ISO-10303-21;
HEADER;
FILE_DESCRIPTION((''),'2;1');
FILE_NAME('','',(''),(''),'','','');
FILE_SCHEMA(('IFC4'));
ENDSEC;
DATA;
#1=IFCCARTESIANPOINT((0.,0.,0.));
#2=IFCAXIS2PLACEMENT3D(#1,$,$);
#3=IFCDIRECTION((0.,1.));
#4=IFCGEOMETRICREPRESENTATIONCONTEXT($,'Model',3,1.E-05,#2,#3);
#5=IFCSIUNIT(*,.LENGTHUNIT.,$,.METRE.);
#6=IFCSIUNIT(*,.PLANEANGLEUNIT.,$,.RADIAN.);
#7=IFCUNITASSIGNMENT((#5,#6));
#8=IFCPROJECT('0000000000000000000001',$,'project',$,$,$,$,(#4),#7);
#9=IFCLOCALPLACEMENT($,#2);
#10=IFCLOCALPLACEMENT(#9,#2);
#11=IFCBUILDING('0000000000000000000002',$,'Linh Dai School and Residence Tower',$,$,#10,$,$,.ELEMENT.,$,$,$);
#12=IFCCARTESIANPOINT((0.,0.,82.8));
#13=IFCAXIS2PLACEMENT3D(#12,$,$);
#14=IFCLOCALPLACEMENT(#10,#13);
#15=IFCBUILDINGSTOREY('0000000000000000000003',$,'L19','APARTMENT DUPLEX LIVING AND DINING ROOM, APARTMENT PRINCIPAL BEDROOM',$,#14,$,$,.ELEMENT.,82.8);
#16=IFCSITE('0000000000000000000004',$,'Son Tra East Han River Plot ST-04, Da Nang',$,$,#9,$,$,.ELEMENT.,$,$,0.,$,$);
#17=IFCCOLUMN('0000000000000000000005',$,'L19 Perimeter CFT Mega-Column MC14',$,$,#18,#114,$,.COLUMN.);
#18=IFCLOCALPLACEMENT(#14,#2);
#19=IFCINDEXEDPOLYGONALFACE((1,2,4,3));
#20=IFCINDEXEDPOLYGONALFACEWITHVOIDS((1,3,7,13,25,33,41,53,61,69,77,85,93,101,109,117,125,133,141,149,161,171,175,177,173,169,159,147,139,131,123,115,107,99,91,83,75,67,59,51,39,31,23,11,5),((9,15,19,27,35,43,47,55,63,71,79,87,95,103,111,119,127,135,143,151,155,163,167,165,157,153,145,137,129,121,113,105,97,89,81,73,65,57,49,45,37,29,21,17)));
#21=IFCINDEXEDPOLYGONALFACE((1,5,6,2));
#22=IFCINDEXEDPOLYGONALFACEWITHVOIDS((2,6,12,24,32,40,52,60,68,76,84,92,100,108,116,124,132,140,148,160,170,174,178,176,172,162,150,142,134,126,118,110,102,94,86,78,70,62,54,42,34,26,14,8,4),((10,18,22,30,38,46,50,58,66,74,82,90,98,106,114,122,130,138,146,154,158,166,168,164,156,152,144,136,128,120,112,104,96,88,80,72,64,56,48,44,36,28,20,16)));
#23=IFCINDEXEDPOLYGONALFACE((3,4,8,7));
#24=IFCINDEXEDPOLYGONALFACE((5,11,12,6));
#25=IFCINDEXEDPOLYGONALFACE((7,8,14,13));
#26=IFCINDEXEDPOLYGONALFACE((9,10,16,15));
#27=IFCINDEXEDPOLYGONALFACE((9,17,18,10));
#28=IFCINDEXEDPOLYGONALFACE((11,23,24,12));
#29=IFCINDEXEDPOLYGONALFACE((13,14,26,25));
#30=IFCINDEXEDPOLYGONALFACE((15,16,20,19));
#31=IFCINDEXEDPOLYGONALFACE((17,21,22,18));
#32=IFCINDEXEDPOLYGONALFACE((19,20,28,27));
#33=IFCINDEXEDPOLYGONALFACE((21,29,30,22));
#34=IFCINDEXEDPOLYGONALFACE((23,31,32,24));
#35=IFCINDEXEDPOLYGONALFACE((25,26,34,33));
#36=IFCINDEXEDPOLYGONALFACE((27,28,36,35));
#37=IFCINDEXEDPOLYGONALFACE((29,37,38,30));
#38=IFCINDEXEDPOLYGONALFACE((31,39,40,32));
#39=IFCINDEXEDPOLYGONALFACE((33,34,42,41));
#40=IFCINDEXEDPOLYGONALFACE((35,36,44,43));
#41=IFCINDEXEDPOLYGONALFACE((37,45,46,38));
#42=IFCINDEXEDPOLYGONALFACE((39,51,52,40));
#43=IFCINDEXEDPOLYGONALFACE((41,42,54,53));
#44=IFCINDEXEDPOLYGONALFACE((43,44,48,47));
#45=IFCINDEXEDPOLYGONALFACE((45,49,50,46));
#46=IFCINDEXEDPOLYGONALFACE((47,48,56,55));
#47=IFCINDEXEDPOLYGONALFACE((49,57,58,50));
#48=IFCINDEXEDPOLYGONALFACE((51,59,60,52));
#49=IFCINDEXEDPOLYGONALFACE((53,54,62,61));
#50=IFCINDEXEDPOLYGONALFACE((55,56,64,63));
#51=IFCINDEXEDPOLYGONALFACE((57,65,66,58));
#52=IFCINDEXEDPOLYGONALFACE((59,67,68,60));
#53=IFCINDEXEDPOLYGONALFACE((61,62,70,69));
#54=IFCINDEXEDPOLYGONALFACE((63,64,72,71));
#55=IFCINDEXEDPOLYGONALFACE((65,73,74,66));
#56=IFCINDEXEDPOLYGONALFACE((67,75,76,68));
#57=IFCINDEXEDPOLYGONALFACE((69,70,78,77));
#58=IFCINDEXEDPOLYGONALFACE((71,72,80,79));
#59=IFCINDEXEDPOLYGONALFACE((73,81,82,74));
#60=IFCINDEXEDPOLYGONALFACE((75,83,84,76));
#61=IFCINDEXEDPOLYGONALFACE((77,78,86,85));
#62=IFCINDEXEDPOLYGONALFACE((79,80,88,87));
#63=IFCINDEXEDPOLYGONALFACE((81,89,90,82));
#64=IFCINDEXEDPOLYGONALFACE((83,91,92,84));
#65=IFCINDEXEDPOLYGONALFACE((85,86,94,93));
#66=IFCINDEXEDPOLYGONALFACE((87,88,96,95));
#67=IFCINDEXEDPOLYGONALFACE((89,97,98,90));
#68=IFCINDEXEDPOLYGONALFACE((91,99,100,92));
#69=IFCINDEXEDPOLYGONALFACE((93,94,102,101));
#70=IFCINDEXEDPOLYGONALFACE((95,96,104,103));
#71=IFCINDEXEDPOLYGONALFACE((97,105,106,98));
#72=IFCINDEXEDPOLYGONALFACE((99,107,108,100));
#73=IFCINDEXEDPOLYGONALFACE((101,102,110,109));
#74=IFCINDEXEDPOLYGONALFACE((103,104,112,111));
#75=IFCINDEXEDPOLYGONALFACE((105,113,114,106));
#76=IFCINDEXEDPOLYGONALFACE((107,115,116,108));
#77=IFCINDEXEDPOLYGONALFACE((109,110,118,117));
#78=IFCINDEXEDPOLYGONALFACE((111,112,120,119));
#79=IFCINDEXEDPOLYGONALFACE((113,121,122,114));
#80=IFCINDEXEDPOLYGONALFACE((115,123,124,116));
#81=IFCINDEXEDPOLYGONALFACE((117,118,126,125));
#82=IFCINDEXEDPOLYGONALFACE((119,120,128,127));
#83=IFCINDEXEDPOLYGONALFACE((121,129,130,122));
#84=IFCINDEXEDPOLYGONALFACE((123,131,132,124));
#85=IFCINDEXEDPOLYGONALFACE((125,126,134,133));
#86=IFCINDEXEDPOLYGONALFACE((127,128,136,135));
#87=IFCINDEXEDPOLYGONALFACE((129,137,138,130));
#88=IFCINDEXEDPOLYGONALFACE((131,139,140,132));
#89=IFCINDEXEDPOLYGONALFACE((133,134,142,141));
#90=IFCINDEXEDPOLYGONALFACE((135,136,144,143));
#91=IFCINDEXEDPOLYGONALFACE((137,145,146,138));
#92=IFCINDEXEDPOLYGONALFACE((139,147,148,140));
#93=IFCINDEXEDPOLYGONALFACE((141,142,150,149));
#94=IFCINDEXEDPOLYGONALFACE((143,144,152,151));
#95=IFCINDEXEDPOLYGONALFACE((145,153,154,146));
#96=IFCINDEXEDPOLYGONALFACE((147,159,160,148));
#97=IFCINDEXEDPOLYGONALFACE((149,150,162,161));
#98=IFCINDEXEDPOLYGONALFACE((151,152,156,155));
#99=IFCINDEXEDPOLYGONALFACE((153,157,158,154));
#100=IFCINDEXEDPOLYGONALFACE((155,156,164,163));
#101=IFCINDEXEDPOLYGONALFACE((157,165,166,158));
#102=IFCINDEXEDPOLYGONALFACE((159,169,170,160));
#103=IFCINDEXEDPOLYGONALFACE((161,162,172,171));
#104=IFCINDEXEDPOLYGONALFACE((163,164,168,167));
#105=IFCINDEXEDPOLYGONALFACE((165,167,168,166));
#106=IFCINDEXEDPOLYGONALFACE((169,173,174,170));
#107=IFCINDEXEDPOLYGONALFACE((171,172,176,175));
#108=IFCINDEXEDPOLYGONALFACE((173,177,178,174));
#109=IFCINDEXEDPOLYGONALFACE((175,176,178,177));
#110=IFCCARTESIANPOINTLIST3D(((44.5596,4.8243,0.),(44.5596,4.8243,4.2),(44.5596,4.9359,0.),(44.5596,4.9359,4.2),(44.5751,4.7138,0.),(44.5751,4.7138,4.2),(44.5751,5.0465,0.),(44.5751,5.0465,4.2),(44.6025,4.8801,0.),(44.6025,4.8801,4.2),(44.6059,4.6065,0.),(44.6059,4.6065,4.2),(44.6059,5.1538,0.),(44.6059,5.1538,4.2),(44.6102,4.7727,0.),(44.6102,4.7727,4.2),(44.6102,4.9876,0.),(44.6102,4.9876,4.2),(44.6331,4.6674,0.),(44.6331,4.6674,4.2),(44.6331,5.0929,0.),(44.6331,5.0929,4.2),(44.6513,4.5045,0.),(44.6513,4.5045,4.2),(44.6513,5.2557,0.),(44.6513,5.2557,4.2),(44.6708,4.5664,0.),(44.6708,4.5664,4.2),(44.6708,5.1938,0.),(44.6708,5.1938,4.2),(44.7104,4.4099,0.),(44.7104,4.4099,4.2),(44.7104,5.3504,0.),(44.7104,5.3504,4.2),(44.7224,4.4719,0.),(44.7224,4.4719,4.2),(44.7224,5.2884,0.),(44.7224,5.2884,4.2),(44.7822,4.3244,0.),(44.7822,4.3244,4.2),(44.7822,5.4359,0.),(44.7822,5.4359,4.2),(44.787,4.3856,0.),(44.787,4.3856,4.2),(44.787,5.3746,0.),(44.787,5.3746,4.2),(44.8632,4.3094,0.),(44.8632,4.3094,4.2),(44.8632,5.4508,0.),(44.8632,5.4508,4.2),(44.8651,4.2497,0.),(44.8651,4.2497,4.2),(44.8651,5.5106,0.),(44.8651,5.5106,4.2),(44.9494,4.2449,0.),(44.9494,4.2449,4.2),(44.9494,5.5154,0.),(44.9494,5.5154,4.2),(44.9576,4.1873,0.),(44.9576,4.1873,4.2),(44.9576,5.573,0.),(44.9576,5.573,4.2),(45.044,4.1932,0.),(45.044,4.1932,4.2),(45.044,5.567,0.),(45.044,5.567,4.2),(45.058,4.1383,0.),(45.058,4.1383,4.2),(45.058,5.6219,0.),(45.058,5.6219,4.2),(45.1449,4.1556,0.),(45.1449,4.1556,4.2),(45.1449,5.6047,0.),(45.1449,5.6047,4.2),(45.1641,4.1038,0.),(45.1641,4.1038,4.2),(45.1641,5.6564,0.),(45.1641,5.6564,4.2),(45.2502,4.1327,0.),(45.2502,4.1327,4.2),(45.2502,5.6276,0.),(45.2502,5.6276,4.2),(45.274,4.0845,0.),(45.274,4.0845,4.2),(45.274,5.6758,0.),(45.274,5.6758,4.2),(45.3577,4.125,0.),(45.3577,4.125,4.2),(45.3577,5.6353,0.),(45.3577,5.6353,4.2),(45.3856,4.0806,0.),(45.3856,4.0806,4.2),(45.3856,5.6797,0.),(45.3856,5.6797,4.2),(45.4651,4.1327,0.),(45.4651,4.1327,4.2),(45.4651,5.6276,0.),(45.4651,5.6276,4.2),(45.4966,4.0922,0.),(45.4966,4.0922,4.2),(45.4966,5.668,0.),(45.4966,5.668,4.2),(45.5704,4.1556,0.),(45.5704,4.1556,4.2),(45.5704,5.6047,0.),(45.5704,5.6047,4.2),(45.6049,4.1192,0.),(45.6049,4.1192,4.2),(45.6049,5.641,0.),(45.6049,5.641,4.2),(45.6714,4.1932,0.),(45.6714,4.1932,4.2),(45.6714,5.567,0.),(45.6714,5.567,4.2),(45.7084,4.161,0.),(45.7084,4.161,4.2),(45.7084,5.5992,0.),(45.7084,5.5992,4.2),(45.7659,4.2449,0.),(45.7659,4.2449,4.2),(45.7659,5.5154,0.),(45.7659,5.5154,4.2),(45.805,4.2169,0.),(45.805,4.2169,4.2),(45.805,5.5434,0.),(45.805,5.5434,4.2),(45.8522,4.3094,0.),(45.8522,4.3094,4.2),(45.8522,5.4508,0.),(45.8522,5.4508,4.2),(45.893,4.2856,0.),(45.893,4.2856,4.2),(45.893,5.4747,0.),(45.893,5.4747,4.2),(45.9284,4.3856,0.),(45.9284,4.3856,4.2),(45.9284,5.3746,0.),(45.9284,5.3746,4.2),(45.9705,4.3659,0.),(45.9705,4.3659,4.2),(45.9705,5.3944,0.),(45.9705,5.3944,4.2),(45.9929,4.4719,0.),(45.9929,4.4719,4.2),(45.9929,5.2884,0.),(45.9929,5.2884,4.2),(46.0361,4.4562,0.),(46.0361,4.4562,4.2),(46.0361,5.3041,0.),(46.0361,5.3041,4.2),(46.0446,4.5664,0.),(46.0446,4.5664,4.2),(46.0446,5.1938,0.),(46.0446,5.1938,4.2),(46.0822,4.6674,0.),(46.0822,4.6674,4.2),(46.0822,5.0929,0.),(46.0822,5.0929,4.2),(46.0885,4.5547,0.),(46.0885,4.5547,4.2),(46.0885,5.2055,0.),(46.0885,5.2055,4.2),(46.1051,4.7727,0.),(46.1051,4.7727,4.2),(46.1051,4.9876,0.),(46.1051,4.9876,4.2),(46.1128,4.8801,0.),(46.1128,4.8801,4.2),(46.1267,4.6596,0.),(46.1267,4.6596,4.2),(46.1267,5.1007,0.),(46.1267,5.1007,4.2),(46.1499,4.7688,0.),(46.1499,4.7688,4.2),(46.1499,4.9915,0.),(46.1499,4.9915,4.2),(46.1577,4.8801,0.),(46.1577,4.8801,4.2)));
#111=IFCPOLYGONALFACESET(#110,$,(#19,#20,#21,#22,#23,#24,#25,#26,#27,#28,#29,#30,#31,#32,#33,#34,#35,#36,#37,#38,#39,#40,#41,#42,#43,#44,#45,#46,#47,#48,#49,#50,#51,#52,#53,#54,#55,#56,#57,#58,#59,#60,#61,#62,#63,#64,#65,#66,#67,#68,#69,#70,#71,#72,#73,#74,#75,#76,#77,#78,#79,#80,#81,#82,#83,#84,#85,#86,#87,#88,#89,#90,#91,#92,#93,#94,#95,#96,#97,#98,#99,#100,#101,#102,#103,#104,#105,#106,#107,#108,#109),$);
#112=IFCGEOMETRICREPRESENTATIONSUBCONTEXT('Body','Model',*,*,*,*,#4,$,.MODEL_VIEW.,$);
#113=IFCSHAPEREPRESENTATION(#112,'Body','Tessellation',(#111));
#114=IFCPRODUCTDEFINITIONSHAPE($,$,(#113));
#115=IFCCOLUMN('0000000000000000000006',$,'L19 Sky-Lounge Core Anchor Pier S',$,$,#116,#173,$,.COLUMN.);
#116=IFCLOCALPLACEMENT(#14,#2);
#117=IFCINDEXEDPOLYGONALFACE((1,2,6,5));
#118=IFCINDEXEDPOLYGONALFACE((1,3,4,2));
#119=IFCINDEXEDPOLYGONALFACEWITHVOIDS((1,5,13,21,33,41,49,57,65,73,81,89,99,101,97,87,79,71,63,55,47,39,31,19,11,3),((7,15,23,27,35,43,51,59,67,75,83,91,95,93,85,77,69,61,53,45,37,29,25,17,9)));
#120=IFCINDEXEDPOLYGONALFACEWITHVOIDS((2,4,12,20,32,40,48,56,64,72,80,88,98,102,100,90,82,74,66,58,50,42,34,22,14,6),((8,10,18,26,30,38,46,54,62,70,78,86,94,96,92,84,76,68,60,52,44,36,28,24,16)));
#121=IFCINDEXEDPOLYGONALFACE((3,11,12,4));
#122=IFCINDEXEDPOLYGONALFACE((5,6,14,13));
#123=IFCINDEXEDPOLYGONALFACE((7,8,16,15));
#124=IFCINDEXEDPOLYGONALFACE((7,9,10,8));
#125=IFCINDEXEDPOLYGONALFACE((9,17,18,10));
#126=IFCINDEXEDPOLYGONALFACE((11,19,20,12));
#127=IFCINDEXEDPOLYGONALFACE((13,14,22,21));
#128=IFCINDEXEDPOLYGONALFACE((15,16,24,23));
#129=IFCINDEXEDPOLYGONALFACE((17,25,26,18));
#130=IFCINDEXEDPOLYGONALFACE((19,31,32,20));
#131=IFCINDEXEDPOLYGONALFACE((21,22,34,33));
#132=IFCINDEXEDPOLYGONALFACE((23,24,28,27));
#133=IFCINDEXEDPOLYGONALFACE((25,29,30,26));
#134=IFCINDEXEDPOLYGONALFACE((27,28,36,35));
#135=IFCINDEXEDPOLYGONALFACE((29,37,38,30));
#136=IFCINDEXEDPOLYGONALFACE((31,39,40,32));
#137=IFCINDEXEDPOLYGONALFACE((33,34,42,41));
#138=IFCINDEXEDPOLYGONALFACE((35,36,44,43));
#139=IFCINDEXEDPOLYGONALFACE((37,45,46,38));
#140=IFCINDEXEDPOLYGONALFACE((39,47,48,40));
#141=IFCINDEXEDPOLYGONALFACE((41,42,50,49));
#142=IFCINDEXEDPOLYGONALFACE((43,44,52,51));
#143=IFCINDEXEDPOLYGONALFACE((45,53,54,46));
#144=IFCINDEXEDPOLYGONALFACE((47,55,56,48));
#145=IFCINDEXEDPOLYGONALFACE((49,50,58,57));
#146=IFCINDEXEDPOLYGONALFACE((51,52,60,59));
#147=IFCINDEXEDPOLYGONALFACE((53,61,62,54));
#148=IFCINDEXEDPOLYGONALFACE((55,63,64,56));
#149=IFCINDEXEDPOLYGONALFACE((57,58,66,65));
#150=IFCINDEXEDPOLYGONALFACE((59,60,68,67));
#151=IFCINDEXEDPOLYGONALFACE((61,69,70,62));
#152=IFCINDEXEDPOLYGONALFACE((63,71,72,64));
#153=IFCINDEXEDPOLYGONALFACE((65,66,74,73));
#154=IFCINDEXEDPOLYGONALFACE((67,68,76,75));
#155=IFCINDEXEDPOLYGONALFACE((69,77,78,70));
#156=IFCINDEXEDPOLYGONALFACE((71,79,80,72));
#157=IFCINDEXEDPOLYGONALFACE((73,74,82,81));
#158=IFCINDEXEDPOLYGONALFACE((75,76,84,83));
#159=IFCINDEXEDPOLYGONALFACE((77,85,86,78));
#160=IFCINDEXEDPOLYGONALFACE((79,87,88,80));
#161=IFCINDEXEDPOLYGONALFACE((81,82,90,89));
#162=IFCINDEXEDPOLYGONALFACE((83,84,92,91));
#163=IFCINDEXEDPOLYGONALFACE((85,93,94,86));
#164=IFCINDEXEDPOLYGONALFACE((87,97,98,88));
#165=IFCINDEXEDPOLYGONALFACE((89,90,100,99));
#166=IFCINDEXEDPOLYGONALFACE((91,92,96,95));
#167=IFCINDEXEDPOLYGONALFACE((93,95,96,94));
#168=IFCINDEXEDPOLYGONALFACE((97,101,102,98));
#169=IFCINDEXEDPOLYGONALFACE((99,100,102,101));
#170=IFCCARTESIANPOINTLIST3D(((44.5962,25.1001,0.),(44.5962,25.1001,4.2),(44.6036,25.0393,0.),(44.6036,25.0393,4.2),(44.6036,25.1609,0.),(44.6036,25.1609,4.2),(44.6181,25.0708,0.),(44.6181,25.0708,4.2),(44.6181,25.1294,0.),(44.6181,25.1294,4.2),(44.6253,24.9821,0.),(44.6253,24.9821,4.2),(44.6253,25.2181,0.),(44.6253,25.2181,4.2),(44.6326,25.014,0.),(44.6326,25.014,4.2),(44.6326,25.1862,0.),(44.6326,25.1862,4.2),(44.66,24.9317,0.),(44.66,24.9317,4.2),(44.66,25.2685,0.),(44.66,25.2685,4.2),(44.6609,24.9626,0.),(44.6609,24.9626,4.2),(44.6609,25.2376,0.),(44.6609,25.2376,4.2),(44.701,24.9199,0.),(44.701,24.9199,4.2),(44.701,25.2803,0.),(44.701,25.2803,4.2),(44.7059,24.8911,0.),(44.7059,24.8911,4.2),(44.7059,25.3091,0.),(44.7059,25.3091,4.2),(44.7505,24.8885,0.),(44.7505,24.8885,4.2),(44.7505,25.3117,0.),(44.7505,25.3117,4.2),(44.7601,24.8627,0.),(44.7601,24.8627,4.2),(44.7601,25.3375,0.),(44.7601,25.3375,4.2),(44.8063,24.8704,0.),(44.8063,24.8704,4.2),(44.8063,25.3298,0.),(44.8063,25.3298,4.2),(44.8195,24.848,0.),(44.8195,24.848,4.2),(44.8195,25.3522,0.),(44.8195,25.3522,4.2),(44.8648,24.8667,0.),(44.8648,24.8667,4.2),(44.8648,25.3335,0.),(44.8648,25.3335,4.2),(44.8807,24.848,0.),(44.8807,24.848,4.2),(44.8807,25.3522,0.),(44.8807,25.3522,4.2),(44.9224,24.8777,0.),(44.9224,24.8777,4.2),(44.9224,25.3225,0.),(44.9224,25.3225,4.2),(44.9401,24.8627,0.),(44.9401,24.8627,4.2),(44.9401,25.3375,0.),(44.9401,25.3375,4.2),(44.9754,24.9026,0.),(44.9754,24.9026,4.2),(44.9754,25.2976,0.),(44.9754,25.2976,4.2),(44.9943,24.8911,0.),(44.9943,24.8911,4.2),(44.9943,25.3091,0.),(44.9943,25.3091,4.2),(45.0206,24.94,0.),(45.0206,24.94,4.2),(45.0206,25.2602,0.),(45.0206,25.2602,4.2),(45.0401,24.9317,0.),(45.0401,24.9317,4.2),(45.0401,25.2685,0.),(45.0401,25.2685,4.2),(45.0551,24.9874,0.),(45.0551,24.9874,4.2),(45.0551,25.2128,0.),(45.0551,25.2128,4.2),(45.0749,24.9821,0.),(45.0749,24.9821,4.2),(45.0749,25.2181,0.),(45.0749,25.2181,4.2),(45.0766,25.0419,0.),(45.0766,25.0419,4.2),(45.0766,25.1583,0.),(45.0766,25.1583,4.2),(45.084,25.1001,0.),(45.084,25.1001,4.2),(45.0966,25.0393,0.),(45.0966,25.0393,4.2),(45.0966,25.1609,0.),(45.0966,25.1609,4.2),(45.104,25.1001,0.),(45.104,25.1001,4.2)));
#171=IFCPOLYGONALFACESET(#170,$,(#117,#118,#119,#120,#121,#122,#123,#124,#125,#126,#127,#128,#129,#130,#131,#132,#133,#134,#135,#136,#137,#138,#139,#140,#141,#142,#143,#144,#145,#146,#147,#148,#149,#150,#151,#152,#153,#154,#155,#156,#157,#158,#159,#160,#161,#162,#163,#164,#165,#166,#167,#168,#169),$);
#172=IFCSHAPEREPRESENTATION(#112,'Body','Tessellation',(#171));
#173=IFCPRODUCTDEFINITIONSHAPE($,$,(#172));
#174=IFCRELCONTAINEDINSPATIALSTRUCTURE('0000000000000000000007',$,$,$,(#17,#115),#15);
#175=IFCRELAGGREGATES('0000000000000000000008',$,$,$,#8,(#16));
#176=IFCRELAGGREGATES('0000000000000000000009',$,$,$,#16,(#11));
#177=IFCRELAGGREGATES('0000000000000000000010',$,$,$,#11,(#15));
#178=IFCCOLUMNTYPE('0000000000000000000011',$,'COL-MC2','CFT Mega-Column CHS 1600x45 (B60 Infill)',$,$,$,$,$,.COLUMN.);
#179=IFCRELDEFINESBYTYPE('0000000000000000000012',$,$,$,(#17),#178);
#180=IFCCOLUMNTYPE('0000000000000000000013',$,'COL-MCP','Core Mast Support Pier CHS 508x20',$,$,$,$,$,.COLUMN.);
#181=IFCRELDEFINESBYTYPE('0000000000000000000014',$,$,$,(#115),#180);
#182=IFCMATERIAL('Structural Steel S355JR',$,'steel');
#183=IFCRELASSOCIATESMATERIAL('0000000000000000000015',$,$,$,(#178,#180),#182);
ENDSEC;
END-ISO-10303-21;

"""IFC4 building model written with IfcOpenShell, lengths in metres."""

from ifc_helpers import new_model, si_unit, direction, frame, origin, origin_2d, place, context, subcontext, project, spatial, hollow_circle, extrude, material, material_profile, profile_set, type_object, element, save


model = new_model("IFC4")

# Units and contexts
model_context = context("Model", 3, precision=1e-05, world=origin(), true_north=direction((0.0, 1.0)))
body_context = subcontext(model_context, "Body", "Model", "MODEL_VIEW")
ifc_project = project(units=[si_unit("LENGTHUNIT", "METRE"), si_unit("PLANEANGLEUNIT", "RADIAN")], contexts=[model_context])

# Site, building, storey
site_placement = place(None, origin())
site = spatial("IfcSite", under=ifc_project, at=site_placement, Name="Son Tra East Han River Plot ST-04, Da Nang", CompositionType="ELEMENT", RefElevation=0.0)
building_placement = place(site_placement, origin())
building = spatial("IfcBuilding", under=site, at=building_placement, Name="Linh Dai School and Residence Tower", CompositionType="ELEMENT")
storey_placement = place(building_placement, frame((0.0, 0.0, 82.8)))
storey = spatial("IfcBuildingStorey", under=building, at=storey_placement, Name="L19", Description="APARTMENT DUPLEX LIVING AND DINING ROOM, APARTMENT PRINCIPAL BEDROOM", CompositionType="ELEMENT", Elevation=82.8)

# Columns
ifc_material_1 = material(Name="Structural Steel S355JR", Category="steel")
ifc_material_profile_1 = material_profile(ifc_material_1, hollow_circle(Radius=0.8, WallThickness=0.0449, at=origin_2d()), Name="CHS 1600x45")
ifc_profile_set_1 = profile_set([ifc_material_profile_1], Name="Structural Steel S355JR")
column_type_1 = type_object("IfcColumnType", Name="COL-MC2", Description="CFT Mega-Column CHS 1600x45 (B60 Infill)", PredefinedType="COLUMN", material=ifc_profile_set_1)
column_1_placement = place(storey_placement, frame((45.3577, 4.8801, 0.0), z_axis=(0.0, 0.0, 1.0), x_axis=(1.0, 0.0, 0.0)))
element("IfcColumn", 1, at=column_1_placement, inside=storey, type_object=column_type_1, Name="L19 Perimeter CFT Mega-Column MC14", PredefinedType="COLUMN", context=body_context, shape_type="SweptSolid", body=[
    extrude(hollow_circle(Radius=0.8, WallThickness=0.0449, at=origin_2d()), origin(), (0.0, 0.0, 1.0), 4.2),
])
ifc_material_profile_2 = material_profile(ifc_material_1, hollow_circle(Radius=0.2539, WallThickness=0.02, at=origin_2d()), Name="CHS 508x20")
ifc_profile_set_2 = profile_set([ifc_material_profile_2], Name="Structural Steel S355JR")
column_type_2 = type_object("IfcColumnType", Name="COL-MCP", Description="Core Mast Support Pier CHS 508x20", PredefinedType="COLUMN", material=ifc_profile_set_2)
column_2_placement = place(storey_placement, frame((44.8501, 25.1001, 0.0), z_axis=(0.0, 0.0, 1.0), x_axis=(1.0, 0.0, 0.0)))
element("IfcColumn", 2, at=column_2_placement, inside=storey, type_object=column_type_2, Name="L19 Sky-Lounge Core Anchor Pier S", PredefinedType="COLUMN", context=body_context, shape_type="SweptSolid", body=[
    extrude(hollow_circle(Radius=0.2539, WallThickness=0.02, at=origin_2d()), origin(), (0.0, 0.0, 1.0), 4.2),
])

save(model, "model.ifc")
